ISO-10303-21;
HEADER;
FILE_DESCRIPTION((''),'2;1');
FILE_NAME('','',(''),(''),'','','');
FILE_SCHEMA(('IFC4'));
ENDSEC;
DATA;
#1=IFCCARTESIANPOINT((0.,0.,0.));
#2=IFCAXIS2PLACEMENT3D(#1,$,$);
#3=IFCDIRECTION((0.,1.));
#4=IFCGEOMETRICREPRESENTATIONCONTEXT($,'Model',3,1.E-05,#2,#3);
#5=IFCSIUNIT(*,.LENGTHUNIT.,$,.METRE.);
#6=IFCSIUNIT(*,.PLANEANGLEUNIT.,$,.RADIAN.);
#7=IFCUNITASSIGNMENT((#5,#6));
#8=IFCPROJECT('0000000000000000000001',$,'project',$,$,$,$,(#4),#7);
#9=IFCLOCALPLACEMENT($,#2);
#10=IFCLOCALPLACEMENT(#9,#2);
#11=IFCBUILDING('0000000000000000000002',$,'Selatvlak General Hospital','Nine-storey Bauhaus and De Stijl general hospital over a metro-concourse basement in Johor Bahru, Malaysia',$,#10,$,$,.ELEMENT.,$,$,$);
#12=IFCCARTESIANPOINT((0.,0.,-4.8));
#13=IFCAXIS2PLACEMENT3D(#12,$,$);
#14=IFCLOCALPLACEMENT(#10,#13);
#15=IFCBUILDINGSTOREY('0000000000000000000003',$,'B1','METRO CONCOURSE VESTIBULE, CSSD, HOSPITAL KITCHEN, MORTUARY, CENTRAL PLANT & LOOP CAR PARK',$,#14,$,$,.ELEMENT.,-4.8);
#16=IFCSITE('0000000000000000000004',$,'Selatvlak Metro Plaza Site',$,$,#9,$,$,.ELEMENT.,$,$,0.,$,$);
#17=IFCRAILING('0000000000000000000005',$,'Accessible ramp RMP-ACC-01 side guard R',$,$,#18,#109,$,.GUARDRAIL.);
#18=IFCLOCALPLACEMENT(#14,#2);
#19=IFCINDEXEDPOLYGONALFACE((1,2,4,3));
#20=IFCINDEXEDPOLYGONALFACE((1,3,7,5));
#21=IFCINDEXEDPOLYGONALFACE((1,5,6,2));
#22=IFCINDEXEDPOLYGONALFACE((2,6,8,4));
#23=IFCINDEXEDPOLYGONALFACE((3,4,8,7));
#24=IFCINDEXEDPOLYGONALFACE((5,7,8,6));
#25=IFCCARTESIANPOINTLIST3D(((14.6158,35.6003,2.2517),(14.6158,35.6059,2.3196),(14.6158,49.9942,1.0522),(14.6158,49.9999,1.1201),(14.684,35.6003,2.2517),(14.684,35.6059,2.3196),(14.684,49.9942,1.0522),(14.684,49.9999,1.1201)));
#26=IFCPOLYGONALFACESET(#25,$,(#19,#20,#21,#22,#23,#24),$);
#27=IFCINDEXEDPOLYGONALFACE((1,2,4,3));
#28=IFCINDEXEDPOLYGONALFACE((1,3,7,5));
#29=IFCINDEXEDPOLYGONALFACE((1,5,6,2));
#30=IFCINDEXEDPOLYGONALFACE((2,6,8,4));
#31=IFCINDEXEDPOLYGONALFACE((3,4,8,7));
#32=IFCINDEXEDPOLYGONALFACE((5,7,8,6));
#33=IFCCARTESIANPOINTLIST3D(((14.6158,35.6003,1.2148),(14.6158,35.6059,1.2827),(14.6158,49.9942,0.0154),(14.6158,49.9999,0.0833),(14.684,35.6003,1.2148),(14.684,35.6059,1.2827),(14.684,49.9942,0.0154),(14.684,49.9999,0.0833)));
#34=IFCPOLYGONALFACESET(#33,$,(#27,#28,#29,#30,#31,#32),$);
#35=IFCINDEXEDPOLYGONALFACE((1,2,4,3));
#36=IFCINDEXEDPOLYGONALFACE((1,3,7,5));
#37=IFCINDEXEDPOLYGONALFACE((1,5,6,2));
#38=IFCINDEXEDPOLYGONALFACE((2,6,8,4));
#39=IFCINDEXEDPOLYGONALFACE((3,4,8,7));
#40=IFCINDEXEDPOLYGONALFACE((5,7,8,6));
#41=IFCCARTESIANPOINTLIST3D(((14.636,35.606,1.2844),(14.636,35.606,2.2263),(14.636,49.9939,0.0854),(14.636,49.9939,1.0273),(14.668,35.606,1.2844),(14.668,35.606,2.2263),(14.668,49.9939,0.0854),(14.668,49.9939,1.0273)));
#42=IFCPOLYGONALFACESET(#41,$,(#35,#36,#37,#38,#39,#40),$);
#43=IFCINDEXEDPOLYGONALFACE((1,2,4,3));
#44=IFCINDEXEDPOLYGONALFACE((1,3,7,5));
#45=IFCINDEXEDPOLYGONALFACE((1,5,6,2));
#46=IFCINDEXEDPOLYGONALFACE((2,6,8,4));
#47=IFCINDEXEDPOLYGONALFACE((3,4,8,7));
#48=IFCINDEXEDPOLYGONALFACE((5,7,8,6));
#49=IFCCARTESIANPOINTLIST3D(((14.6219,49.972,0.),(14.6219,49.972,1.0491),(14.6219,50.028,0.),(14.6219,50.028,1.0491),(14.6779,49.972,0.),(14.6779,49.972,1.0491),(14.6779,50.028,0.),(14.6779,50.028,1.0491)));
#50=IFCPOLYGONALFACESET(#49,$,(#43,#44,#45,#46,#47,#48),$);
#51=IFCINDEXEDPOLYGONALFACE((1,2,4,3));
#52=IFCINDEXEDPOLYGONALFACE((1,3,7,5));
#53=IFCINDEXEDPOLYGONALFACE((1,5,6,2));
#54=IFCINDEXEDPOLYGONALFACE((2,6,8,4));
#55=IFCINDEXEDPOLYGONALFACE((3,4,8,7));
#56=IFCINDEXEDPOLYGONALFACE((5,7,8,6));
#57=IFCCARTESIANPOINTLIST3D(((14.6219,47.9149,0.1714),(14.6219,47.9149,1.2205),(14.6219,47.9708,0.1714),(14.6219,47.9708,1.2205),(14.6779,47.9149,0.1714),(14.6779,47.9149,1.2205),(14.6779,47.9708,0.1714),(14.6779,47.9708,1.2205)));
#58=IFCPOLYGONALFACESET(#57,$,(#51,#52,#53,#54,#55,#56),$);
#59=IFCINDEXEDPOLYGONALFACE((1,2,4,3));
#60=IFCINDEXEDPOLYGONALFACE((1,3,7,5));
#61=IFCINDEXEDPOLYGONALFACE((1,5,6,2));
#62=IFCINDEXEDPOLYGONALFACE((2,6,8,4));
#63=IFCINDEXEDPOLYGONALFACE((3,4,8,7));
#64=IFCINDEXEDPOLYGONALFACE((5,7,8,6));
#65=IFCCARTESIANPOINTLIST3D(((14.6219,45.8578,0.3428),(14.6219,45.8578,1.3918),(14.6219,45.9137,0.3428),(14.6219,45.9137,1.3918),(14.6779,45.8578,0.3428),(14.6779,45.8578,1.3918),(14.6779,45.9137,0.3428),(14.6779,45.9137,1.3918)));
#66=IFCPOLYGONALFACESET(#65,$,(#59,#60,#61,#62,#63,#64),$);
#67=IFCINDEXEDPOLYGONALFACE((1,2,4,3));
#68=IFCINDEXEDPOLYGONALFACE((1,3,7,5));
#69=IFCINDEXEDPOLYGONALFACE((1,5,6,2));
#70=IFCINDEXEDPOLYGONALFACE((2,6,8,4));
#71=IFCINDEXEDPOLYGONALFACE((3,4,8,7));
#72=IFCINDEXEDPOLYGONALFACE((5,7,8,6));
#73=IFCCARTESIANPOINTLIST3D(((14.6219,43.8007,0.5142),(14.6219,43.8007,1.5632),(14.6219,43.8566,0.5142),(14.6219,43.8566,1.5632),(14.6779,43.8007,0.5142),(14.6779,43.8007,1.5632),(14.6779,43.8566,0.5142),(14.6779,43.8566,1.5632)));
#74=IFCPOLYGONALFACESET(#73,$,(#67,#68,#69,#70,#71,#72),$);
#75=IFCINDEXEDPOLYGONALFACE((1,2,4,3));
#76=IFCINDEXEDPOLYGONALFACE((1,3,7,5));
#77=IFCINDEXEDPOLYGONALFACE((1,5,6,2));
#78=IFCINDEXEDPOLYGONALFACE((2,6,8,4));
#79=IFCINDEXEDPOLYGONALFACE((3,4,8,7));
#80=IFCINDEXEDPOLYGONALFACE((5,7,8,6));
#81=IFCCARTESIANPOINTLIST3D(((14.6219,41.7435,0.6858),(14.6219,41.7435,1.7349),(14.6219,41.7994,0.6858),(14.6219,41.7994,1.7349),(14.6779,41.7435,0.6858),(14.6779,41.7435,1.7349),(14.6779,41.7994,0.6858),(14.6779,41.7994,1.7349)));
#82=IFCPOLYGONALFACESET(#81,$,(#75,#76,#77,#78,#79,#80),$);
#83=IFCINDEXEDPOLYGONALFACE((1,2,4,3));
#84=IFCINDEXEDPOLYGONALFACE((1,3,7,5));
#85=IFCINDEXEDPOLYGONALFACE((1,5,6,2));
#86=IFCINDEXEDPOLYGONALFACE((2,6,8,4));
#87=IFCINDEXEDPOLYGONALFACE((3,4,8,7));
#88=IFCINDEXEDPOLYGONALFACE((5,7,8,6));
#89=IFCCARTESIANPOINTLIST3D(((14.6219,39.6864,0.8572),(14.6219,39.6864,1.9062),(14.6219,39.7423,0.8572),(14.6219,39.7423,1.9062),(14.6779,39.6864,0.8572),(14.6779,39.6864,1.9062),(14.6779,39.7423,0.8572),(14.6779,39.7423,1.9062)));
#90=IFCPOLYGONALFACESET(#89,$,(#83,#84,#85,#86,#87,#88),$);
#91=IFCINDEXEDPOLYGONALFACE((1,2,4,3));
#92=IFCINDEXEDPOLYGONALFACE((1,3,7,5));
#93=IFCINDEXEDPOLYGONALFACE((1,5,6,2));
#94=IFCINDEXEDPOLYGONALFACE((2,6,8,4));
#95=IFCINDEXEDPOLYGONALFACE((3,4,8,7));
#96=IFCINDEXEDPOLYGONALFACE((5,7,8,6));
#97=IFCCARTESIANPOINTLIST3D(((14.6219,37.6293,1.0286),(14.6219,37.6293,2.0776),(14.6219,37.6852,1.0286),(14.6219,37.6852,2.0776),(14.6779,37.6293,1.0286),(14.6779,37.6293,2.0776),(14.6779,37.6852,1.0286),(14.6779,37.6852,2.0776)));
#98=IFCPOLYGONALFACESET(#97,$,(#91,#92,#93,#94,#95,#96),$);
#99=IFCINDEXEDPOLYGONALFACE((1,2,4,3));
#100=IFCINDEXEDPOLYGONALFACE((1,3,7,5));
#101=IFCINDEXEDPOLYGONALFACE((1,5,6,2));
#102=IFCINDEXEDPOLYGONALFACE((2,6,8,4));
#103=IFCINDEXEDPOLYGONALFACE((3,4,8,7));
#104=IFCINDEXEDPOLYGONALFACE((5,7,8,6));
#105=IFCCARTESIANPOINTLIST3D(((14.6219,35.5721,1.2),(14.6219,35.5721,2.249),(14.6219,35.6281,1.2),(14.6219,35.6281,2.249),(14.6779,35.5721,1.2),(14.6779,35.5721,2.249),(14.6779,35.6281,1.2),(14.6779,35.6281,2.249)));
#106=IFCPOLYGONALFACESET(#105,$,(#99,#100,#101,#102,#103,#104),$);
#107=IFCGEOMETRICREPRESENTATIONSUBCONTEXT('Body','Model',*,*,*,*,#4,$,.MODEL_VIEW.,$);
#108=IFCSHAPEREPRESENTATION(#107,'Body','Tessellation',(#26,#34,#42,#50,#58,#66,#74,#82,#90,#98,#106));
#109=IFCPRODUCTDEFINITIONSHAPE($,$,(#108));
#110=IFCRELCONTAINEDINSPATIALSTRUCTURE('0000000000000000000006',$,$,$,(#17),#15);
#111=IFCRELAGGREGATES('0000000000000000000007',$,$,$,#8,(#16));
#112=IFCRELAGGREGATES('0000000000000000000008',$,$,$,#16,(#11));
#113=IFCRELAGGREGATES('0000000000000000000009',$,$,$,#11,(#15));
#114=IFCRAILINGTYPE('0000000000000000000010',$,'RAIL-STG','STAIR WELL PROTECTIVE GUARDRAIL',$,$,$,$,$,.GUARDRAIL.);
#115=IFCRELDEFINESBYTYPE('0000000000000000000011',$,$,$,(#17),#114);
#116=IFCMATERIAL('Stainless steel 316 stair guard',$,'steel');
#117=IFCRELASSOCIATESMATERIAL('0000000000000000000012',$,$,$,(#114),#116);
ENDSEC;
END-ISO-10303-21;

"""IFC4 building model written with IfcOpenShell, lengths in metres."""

from ifc_helpers import new_model, si_unit, direction, frame, origin, origin_2d, place, context, subcontext, project, spatial, polyline, rectangle, outline, extrude, material, type_object, element, save


model = new_model("IFC4")

# Units and contexts
model_context = context("Model", 3, precision=1e-05, world=origin(), true_north=direction((0.0, 1.0)))
body_context = subcontext(model_context, "Body", "Model", "MODEL_VIEW")
ifc_project = project(units=[si_unit("LENGTHUNIT", "METRE"), si_unit("PLANEANGLEUNIT", "RADIAN")], contexts=[model_context])

# Site, building, storey
site_placement = place(None, origin())
site = spatial("IfcSite", under=ifc_project, at=site_placement, Name="Selatvlak Metro Plaza Site", CompositionType="ELEMENT", RefElevation=0.0)
building_placement = place(site_placement, origin())
building = spatial("IfcBuilding", under=site, at=building_placement, Name="Selatvlak General Hospital", Description="Nine-storey Bauhaus and De Stijl general hospital over a metro-concourse basement in Johor Bahru, Malaysia", CompositionType="ELEMENT")
storey_placement = place(building_placement, frame((0.0, 0.0, -4.8)))
storey = spatial("IfcBuildingStorey", under=building, at=storey_placement, Name="B1", Description="METRO CONCOURSE VESTIBULE, CSSD, HOSPITAL KITCHEN, MORTUARY, CENTRAL PLANT & LOOP CAR PARK", CompositionType="ELEMENT", Elevation=-4.8)

# Railing
ifc_material_1 = material(Name="Stainless steel 316 stair guard", Category="steel")
railing_type = type_object("IfcRailingType", Name="RAIL-STG", Description="STAIR WELL PROTECTIVE GUARDRAIL", PredefinedType="GUARDRAIL", material=ifc_material_1)
railing_placement = place(storey_placement, frame((14.6499, 50.0, 0.0)))
element("IfcRailing", 1, at=railing_placement, inside=storey, type_object=railing_type, Name="Accessible ramp RMP-ACC-01 side guard R", PredefinedType="GUARDRAIL", context=body_context, shape_type="SweptSolid", body=[
    extrude(rectangle(XDim=0.0681, YDim=0.0681, at=origin_2d()), frame((0.0, -0.0029, 1.0862), z_axis=(0.0, -0.996546, 0.083043), x_axis=(1.0, 0.0, 0.0)), (0.0, 0.0, 1.0), 14.4438),
    extrude(rectangle(XDim=0.0681, YDim=0.0681, at=origin_2d()), frame((0.0, -0.0029, 0.0493), z_axis=(0.0, -0.996546, 0.083043), x_axis=(1.0, 0.0, 0.0)), (0.0, 0.0, 1.0), 14.4438),
    extrude(outline(polyline([(0.0, 0.0), (14.3879, 1.199), (14.3879, 2.1409), (0.0, 0.9419), (0.0, 0.0)])), frame((0.0181, -0.0061, 0.0854), z_axis=(-1.0, 0.0, 0.0), x_axis=(0.0, -1.0, 0.0)), (0.0, 0.0, 1.0), 0.032),
    extrude(rectangle(XDim=0.0559, YDim=0.0559, at=origin_2d()), origin(), (0.0, 0.0, 1.0), 1.0491),
    extrude(rectangle(XDim=0.0559, YDim=0.0559, at=origin_2d()), frame((0.0, -2.0571, 0.1714)), (0.0, 0.0, 1.0), 1.0491),
    extrude(rectangle(XDim=0.0559, YDim=0.0559, at=origin_2d()), frame((0.0, -4.1143, 0.3428)), (0.0, 0.0, 1.0), 1.0491),
    extrude(rectangle(XDim=0.0559, YDim=0.0559, at=origin_2d()), frame((0.0, -6.1714, 0.5142)), (0.0, 0.0, 1.0), 1.0491),
    extrude(rectangle(XDim=0.0559, YDim=0.0559, at=origin_2d()), frame((0.0, -8.2285, 0.6858)), (0.0, 0.0, 1.0), 1.0491),
    extrude(rectangle(XDim=0.0559, YDim=0.0559, at=origin_2d()), frame((0.0, -10.2856, 0.8572)), (0.0, 0.0, 1.0), 1.0491),
    extrude(rectangle(XDim=0.0559, YDim=0.0559, at=origin_2d()), frame((0.0, -12.3428, 1.0286)), (0.0, 0.0, 1.0), 1.0491),
    extrude(rectangle(XDim=0.0559, YDim=0.0559, at=origin_2d()), frame((0.0, -14.3999, 1.2)), (0.0, 0.0, 1.0), 1.0491),
])

save(model, "model.ifc")
